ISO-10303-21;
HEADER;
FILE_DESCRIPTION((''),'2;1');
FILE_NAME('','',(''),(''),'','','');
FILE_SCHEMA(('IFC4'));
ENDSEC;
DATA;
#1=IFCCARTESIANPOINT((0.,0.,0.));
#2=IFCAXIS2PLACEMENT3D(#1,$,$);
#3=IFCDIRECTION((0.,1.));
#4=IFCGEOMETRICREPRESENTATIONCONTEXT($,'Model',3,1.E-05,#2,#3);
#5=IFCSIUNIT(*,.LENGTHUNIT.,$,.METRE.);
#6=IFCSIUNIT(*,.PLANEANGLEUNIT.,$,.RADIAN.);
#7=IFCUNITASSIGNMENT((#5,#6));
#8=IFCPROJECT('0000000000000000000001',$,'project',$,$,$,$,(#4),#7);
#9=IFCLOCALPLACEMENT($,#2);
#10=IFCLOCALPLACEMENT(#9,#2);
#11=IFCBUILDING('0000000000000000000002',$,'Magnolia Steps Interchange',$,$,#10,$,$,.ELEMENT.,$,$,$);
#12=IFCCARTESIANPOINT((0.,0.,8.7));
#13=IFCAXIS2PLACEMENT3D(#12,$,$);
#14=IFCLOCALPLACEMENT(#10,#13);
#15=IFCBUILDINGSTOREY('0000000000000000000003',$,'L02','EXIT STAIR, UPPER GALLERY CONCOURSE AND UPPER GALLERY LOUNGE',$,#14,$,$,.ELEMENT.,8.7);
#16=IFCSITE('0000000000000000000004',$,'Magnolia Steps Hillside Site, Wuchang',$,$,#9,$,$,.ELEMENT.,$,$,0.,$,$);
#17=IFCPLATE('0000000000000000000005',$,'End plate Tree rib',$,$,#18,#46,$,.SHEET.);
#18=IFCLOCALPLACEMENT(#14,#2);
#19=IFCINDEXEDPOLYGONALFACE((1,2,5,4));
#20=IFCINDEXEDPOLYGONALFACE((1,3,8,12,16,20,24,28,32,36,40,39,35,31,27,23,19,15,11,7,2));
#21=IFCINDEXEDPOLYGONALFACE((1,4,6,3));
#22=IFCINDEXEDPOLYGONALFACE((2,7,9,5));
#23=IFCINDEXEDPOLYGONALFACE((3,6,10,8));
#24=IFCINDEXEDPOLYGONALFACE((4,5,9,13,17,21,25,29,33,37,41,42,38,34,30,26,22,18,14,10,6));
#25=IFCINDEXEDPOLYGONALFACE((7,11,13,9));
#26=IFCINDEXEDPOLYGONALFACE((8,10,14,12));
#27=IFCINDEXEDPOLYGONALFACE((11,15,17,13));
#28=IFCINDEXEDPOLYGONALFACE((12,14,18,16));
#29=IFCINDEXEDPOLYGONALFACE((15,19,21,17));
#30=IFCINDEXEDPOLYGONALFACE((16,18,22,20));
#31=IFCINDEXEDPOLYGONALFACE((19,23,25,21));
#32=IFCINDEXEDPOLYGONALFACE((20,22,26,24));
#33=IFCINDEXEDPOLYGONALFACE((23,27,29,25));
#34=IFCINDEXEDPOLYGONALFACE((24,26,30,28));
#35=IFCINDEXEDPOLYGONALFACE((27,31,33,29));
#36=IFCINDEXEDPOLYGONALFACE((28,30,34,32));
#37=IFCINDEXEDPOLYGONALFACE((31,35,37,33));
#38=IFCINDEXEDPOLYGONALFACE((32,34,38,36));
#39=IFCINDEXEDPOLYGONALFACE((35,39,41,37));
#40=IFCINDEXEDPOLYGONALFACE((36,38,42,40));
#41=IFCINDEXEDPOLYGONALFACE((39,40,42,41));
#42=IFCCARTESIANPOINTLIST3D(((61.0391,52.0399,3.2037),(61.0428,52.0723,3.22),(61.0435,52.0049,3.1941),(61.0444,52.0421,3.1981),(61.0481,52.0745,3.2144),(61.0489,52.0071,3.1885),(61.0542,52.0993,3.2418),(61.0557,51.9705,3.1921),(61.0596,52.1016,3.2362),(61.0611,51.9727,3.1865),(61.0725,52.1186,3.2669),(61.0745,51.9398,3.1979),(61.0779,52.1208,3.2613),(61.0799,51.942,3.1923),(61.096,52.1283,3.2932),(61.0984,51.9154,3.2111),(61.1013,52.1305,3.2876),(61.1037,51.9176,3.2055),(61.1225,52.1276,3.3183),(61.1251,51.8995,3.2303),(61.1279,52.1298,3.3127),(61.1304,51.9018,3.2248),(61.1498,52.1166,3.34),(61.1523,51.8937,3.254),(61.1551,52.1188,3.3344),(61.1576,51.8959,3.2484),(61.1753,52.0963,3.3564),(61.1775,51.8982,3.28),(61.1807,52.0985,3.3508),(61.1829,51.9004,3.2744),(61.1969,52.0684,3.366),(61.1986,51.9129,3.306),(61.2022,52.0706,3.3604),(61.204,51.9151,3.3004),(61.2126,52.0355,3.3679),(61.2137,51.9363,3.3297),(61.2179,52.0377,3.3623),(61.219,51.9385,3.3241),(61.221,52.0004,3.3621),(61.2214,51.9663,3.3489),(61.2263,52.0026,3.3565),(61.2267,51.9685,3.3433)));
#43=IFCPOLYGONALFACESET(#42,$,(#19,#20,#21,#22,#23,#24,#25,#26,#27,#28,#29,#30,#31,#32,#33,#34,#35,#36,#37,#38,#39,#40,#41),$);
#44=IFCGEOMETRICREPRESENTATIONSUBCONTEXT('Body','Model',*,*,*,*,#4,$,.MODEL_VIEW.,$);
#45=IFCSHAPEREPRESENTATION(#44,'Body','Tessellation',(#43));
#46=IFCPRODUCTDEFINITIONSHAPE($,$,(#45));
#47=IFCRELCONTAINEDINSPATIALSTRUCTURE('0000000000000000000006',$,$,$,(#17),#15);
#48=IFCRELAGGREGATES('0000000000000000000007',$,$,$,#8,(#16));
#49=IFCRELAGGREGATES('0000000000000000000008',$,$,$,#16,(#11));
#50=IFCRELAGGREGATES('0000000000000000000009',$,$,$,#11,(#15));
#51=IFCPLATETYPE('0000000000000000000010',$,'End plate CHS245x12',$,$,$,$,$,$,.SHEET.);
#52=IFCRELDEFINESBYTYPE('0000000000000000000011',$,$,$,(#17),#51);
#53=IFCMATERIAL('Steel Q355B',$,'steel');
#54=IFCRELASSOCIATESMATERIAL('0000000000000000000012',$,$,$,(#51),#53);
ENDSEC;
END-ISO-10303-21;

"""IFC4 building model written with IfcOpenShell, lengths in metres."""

from ifc_helpers import new_model, si_unit, direction, frame, origin, origin_2d, place, context, subcontext, project, spatial, circle, extrude, material, material_profile, profile_set, type_object, element, save


model = new_model("IFC4")

# Units and contexts
model_context = context("Model", 3, precision=1e-05, world=origin(), true_north=direction((0.0, 1.0)))
body_context = subcontext(model_context, "Body", "Model", "MODEL_VIEW")
ifc_project = project(units=[si_unit("LENGTHUNIT", "METRE"), si_unit("PLANEANGLEUNIT", "RADIAN")], contexts=[model_context])

# Site, building, storey
site_placement = place(None, origin())
site = spatial("IfcSite", under=ifc_project, at=site_placement, Name="Magnolia Steps Hillside Site, Wuchang", CompositionType="ELEMENT", RefElevation=0.0)
building_placement = place(site_placement, origin())
building = spatial("IfcBuilding", under=site, at=building_placement, Name="Magnolia Steps Interchange", CompositionType="ELEMENT")
storey_placement = place(building_placement, frame((0.0, 0.0, 8.7)))
storey = spatial("IfcBuildingStorey", under=building, at=storey_placement, Name="L02", Description="EXIT STAIR, UPPER GALLERY CONCOURSE AND UPPER GALLERY LOUNGE", CompositionType="ELEMENT", Elevation=8.7)

# Plate
ifc_material_1 = material(Name="Steel Q355B", Category="steel")
ifc_material_profile_1 = material_profile(ifc_material_1, circle(Radius=0.1226, at=origin_2d()), Name="End plate CHS245x12")
ifc_profile_set_1 = profile_set([ifc_material_profile_1], Name="Steel Q355B")
plate_type = type_object("IfcPlateType", Name="End plate CHS245x12", PredefinedType="SHEET", material=ifc_profile_set_1)
for number, where, z_axis, x_axis, name in (
    (1, (61.136, 52.0137, 3.2744), (-0.664583, -0.275279, 0.694658), (0.382683, -0.92388, 0.0), "End plate Tree rib"),
):
    element("IfcPlate", number, at=place(storey_placement, frame(where, z_axis=z_axis, x_axis=x_axis)), inside=storey, type_object=plate_type, Name=name, PredefinedType="SHEET", context=body_context, shape_type="SweptSolid", body=[
        extrude(circle(Radius=0.1226, at=origin_2d()), origin(), (0.0, 0.0, 1.0), 0.0081),
    ])

save(model, "model.ifc")
